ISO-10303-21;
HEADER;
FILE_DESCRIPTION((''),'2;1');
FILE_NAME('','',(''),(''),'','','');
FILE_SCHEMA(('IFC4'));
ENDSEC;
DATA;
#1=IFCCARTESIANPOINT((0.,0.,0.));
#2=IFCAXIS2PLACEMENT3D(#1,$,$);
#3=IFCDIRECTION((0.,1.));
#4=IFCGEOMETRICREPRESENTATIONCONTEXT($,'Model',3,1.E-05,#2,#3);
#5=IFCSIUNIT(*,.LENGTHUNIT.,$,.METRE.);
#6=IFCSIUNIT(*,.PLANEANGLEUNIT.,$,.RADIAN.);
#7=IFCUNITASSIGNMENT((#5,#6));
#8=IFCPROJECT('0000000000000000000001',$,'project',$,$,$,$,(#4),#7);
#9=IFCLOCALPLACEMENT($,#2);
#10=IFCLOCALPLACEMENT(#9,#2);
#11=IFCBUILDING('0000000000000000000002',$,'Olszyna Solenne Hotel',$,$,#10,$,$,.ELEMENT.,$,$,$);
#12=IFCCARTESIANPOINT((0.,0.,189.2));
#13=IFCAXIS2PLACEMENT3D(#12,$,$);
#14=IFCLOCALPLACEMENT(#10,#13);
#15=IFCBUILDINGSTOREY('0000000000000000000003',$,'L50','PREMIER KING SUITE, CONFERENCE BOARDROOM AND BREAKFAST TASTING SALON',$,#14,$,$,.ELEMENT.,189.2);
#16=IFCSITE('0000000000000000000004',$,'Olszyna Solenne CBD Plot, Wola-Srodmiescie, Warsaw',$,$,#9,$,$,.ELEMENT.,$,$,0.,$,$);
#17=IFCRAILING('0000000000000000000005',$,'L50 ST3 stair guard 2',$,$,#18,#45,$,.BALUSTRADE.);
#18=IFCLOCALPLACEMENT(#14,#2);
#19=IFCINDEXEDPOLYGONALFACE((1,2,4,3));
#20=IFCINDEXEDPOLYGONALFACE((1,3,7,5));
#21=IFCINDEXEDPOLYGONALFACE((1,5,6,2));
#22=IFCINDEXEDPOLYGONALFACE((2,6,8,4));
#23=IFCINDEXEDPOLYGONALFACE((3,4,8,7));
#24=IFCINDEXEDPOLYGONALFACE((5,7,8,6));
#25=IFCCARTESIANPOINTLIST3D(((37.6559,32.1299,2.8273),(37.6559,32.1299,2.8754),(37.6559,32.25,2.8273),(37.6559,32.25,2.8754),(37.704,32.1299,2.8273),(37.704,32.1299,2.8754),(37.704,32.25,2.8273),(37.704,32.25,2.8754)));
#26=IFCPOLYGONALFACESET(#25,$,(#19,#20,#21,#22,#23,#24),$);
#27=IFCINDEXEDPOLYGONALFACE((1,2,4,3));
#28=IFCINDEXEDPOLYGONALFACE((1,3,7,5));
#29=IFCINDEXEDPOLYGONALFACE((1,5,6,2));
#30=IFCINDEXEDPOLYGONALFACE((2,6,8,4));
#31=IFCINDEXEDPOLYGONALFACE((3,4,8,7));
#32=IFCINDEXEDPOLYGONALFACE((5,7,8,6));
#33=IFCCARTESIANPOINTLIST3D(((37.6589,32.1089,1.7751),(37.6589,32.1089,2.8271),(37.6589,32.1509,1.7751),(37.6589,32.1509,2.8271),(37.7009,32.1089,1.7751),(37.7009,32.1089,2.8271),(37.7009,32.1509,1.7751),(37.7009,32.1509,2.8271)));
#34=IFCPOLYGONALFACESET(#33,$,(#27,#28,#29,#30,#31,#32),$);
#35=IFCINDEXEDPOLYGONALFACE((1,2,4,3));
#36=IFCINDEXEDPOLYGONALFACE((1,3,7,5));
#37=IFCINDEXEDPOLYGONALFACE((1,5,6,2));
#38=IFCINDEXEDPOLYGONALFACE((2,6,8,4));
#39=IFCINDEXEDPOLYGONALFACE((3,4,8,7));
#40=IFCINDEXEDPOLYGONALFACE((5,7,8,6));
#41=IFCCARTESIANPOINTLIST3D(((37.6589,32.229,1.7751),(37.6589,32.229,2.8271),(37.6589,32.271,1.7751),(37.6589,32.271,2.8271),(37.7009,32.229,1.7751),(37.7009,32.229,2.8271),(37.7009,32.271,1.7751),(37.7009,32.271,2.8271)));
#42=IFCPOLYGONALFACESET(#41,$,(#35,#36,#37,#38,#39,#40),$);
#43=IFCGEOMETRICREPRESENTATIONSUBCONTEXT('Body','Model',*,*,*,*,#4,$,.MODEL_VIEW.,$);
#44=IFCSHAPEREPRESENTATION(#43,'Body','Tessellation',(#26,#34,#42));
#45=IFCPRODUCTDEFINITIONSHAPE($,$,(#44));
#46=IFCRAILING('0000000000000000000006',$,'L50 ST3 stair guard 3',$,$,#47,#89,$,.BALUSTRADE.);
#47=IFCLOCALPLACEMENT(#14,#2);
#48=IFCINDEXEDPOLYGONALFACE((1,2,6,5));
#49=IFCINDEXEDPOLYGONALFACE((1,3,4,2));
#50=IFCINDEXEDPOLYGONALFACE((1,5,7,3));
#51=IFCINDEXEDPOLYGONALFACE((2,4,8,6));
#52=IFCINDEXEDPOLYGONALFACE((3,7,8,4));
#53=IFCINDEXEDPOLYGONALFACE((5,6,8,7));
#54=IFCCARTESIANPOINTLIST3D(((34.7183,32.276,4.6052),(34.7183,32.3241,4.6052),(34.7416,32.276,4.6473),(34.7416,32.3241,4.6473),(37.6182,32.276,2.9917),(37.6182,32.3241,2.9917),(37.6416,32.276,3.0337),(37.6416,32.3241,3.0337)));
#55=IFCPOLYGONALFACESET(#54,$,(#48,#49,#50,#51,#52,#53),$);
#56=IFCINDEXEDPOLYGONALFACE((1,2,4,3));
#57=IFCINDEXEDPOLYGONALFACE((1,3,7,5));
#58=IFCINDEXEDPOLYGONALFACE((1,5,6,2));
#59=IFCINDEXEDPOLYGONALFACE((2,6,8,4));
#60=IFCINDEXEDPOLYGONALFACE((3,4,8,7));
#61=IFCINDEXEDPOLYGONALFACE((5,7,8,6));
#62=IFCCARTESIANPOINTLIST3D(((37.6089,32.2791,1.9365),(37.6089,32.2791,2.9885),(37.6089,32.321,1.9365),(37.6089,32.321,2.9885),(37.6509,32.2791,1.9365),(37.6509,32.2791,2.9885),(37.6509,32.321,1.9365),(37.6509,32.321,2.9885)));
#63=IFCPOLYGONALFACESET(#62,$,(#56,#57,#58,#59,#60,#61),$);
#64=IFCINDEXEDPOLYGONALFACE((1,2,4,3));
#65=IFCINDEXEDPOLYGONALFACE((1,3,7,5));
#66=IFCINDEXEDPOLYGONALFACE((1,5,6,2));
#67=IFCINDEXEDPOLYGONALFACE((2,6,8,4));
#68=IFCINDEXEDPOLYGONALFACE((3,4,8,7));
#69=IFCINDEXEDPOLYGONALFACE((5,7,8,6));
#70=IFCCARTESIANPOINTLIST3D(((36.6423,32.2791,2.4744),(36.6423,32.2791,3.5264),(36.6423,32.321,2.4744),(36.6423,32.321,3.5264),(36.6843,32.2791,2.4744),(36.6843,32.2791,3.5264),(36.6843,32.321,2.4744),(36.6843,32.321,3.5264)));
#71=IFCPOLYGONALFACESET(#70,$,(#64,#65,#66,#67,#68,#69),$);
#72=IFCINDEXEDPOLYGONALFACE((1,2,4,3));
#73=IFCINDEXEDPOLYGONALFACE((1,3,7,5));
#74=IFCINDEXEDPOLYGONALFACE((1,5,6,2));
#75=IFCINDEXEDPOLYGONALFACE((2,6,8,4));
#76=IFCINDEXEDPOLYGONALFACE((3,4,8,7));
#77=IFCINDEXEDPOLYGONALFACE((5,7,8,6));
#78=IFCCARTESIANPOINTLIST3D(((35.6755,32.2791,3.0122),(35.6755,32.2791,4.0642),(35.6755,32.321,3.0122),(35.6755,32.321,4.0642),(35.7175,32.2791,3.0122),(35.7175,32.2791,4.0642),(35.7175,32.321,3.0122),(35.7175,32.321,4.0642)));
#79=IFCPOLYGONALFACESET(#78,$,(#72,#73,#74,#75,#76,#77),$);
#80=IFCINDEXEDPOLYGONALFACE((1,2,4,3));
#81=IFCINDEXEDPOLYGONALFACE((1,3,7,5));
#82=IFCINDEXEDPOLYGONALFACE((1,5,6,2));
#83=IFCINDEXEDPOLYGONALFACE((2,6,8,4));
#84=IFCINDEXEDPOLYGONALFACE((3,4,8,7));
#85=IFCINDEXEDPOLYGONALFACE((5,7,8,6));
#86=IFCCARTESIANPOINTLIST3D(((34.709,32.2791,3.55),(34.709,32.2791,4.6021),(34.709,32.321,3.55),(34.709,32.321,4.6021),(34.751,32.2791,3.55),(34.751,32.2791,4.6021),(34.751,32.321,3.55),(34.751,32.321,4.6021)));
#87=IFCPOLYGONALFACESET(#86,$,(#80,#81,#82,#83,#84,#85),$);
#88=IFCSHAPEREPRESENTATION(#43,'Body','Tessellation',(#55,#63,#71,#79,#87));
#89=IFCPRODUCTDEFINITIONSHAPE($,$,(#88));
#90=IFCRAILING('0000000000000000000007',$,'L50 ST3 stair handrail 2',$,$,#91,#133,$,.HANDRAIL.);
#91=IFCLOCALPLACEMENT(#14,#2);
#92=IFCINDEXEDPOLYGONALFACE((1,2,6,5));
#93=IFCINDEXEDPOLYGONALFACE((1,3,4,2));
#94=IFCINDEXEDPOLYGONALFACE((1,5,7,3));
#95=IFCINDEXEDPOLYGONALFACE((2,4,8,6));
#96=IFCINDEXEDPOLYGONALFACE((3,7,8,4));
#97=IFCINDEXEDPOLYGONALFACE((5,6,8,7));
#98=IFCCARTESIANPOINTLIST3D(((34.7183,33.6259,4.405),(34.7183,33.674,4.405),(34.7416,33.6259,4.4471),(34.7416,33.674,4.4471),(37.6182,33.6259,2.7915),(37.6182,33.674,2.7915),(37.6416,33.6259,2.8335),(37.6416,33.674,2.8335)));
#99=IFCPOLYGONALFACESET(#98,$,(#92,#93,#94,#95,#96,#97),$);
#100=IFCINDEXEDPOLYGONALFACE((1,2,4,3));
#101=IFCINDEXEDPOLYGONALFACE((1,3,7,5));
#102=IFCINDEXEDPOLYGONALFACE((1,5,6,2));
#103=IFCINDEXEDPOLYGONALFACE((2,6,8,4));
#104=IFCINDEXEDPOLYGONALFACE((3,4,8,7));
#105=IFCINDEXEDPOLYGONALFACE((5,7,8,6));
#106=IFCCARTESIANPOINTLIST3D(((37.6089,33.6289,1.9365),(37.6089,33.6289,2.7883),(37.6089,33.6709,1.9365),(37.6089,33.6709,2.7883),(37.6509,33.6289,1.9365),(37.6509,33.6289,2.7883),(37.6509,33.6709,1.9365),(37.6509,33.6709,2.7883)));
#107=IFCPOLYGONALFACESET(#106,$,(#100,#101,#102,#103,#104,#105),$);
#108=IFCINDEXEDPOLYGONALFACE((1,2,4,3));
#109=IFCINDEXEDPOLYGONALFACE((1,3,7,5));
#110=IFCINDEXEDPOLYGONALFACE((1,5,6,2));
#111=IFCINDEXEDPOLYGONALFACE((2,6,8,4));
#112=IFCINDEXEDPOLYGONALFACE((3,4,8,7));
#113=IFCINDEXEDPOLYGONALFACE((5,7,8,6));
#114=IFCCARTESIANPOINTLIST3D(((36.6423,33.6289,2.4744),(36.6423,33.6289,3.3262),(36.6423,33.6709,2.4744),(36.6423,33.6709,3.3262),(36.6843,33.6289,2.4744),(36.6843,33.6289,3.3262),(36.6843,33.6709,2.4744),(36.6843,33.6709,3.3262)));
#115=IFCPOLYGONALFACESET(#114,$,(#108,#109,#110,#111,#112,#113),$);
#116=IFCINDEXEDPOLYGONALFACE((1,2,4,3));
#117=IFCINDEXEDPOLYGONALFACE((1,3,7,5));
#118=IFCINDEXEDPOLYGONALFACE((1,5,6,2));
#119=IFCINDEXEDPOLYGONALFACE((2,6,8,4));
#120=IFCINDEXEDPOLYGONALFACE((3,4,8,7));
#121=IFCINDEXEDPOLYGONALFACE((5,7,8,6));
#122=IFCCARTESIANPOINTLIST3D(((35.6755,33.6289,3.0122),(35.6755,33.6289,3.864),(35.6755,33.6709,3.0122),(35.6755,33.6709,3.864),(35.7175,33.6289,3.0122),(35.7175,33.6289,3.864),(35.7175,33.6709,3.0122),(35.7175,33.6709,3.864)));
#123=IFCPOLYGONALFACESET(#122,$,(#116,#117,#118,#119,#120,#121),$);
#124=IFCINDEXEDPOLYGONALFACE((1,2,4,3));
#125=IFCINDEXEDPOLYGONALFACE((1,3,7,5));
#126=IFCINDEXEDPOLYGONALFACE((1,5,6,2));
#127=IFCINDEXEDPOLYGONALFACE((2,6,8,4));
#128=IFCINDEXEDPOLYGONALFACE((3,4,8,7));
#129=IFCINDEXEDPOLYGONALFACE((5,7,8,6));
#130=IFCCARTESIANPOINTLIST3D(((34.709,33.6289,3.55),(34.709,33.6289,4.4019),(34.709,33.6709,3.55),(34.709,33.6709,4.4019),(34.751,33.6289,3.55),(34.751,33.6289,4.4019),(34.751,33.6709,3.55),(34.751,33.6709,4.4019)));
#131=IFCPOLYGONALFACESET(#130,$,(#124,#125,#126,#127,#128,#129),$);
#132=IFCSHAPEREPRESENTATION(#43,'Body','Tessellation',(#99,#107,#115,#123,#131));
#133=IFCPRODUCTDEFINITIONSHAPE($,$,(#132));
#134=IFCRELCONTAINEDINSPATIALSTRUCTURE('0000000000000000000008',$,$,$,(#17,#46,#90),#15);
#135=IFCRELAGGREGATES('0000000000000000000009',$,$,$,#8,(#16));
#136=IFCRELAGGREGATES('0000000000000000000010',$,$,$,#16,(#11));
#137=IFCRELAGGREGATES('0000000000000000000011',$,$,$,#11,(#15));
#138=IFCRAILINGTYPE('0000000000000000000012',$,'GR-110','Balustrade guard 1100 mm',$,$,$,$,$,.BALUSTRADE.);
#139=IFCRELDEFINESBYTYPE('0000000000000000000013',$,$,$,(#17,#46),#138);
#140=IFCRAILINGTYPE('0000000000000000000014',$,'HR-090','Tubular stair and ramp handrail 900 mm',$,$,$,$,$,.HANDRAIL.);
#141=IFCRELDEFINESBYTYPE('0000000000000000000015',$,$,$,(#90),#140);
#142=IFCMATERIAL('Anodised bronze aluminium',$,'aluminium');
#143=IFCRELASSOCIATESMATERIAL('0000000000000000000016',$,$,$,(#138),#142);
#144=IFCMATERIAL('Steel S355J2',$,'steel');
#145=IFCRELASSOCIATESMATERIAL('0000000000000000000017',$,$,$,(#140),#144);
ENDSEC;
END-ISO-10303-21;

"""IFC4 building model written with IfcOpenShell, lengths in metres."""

from ifc_helpers import new_model, si_unit, direction, frame, origin, origin_2d, place, context, subcontext, project, spatial, rectangle, extrude, material, type_object, element, save


model = new_model("IFC4")

# Units and contexts
model_context = context("Model", 3, precision=1e-05, world=origin(), true_north=direction((0.0, 1.0)))
body_context = subcontext(model_context, "Body", "Model", "MODEL_VIEW")
ifc_project = project(units=[si_unit("LENGTHUNIT", "METRE"), si_unit("PLANEANGLEUNIT", "RADIAN")], contexts=[model_context])

# Site, building, storey
site_placement = place(None, origin())
site = spatial("IfcSite", under=ifc_project, at=site_placement, Name="Olszyna Solenne CBD Plot, Wola-Srodmiescie, Warsaw", CompositionType="ELEMENT", RefElevation=0.0)
building_placement = place(site_placement, origin())
building = spatial("IfcBuilding", under=site, at=building_placement, Name="Olszyna Solenne Hotel", CompositionType="ELEMENT")
storey_placement = place(building_placement, frame((0.0, 0.0, 189.2)))
storey = spatial("IfcBuildingStorey", under=building, at=storey_placement, Name="L50", Description="PREMIER KING SUITE, CONFERENCE BOARDROOM AND BREAKFAST TASTING SALON", CompositionType="ELEMENT", Elevation=189.2)

# Shared definitions
ifc_material_1 = material(Name="Steel S355J2", Category="steel")

# Shared definitions
ifc_material_2 = material(Name="Anodised bronze aluminium", Category="aluminium")

# Railings
railing_type_1 = type_object("IfcRailingType", Name="GR-110", Description="Balustrade guard 1100 mm", PredefinedType="BALUSTRADE", material=ifc_material_2)
railing_1_placement = place(storey_placement, frame((37.6799, 32.1299, 1.7751)))
element("IfcRailing", 1, at=railing_1_placement, inside=storey, type_object=railing_type_1, Name="L50 ST3 stair guard 2", PredefinedType="BALUSTRADE", context=body_context, shape_type="SweptSolid", body=[
    extrude(rectangle(XDim=0.0481, YDim=0.0481, at=origin_2d()), frame((0.0, 0.0, 1.0762), z_axis=(0.0, 1.0, 0.0), x_axis=(-1.0, 0.0, 0.0)), (0.0, 0.0, 1.0), 0.1201),
    extrude(rectangle(XDim=0.042, YDim=0.042, at=origin_2d()), origin(), (0.0, 0.0, 1.0), 1.052),
    extrude(rectangle(XDim=0.042, YDim=0.042, at=origin_2d()), frame((0.0, 0.1201, 0.0)), (0.0, 0.0, 1.0), 1.052),
])
railing_2_placement = place(storey_placement, frame((37.6299, 32.3, 1.9365)))
element("IfcRailing", 2, at=railing_2_placement, inside=storey, type_object=railing_type_1, Name="L50 ST3 stair guard 3", PredefinedType="BALUSTRADE", context=body_context, shape_type="SweptSolid", body=[
    extrude(rectangle(XDim=0.0481, YDim=0.0481, at=origin_2d()), frame((0.0, 0.0, 1.0762), z_axis=(-0.873841, 0.0, 0.486211), x_axis=(0.0, -1.0, 0.0)), (0.0, 0.0, 1.0), 3.3186),
    extrude(rectangle(XDim=0.042, YDim=0.042, at=origin_2d()), origin(), (0.0, 0.0, 1.0), 1.052),
    extrude(rectangle(XDim=0.042, YDim=0.042, at=origin_2d()), frame((-0.9666, 0.0, 0.5378)), (0.0, 0.0, 1.0), 1.052),
    extrude(rectangle(XDim=0.042, YDim=0.042, at=origin_2d()), frame((-1.9333, 0.0, 1.0757)), (0.0, 0.0, 1.0), 1.052),
    extrude(rectangle(XDim=0.042, YDim=0.042, at=origin_2d()), frame((-2.8999, 0.0, 1.6135)), (0.0, 0.0, 1.0), 1.052),
])
railing_type_2 = type_object("IfcRailingType", Name="HR-090", Description="Tubular stair and ramp handrail 900 mm", PredefinedType="HANDRAIL", material=ifc_material_1)
railing_3_placement = place(storey_placement, frame((37.6299, 33.6499, 1.9365)))
element("IfcRailing", 3, at=railing_3_placement, inside=storey, type_object=railing_type_2, Name="L50 ST3 stair handrail 2", PredefinedType="HANDRAIL", context=body_context, shape_type="SweptSolid", body=[
    extrude(rectangle(XDim=0.0481, YDim=0.0481, at=origin_2d()), frame((0.0, 0.0, 0.876), z_axis=(-0.873841, 0.0, 0.486211), x_axis=(0.0, -1.0, 0.0)), (0.0, 0.0, 1.0), 3.3186),
    extrude(rectangle(XDim=0.042, YDim=0.042, at=origin_2d()), origin(), (0.0, 0.0, 1.0), 0.8518),
    extrude(rectangle(XDim=0.042, YDim=0.042, at=origin_2d()), frame((-0.9666, 0.0, 0.5378)), (0.0, 0.0, 1.0), 0.8518),
    extrude(rectangle(XDim=0.042, YDim=0.042, at=origin_2d()), frame((-1.9333, 0.0, 1.0757)), (0.0, 0.0, 1.0), 0.8518),
    extrude(rectangle(XDim=0.042, YDim=0.042, at=origin_2d()), frame((-2.8999, 0.0, 1.6135)), (0.0, 0.0, 1.0), 0.8518),
])

save(model, "model.ifc")
